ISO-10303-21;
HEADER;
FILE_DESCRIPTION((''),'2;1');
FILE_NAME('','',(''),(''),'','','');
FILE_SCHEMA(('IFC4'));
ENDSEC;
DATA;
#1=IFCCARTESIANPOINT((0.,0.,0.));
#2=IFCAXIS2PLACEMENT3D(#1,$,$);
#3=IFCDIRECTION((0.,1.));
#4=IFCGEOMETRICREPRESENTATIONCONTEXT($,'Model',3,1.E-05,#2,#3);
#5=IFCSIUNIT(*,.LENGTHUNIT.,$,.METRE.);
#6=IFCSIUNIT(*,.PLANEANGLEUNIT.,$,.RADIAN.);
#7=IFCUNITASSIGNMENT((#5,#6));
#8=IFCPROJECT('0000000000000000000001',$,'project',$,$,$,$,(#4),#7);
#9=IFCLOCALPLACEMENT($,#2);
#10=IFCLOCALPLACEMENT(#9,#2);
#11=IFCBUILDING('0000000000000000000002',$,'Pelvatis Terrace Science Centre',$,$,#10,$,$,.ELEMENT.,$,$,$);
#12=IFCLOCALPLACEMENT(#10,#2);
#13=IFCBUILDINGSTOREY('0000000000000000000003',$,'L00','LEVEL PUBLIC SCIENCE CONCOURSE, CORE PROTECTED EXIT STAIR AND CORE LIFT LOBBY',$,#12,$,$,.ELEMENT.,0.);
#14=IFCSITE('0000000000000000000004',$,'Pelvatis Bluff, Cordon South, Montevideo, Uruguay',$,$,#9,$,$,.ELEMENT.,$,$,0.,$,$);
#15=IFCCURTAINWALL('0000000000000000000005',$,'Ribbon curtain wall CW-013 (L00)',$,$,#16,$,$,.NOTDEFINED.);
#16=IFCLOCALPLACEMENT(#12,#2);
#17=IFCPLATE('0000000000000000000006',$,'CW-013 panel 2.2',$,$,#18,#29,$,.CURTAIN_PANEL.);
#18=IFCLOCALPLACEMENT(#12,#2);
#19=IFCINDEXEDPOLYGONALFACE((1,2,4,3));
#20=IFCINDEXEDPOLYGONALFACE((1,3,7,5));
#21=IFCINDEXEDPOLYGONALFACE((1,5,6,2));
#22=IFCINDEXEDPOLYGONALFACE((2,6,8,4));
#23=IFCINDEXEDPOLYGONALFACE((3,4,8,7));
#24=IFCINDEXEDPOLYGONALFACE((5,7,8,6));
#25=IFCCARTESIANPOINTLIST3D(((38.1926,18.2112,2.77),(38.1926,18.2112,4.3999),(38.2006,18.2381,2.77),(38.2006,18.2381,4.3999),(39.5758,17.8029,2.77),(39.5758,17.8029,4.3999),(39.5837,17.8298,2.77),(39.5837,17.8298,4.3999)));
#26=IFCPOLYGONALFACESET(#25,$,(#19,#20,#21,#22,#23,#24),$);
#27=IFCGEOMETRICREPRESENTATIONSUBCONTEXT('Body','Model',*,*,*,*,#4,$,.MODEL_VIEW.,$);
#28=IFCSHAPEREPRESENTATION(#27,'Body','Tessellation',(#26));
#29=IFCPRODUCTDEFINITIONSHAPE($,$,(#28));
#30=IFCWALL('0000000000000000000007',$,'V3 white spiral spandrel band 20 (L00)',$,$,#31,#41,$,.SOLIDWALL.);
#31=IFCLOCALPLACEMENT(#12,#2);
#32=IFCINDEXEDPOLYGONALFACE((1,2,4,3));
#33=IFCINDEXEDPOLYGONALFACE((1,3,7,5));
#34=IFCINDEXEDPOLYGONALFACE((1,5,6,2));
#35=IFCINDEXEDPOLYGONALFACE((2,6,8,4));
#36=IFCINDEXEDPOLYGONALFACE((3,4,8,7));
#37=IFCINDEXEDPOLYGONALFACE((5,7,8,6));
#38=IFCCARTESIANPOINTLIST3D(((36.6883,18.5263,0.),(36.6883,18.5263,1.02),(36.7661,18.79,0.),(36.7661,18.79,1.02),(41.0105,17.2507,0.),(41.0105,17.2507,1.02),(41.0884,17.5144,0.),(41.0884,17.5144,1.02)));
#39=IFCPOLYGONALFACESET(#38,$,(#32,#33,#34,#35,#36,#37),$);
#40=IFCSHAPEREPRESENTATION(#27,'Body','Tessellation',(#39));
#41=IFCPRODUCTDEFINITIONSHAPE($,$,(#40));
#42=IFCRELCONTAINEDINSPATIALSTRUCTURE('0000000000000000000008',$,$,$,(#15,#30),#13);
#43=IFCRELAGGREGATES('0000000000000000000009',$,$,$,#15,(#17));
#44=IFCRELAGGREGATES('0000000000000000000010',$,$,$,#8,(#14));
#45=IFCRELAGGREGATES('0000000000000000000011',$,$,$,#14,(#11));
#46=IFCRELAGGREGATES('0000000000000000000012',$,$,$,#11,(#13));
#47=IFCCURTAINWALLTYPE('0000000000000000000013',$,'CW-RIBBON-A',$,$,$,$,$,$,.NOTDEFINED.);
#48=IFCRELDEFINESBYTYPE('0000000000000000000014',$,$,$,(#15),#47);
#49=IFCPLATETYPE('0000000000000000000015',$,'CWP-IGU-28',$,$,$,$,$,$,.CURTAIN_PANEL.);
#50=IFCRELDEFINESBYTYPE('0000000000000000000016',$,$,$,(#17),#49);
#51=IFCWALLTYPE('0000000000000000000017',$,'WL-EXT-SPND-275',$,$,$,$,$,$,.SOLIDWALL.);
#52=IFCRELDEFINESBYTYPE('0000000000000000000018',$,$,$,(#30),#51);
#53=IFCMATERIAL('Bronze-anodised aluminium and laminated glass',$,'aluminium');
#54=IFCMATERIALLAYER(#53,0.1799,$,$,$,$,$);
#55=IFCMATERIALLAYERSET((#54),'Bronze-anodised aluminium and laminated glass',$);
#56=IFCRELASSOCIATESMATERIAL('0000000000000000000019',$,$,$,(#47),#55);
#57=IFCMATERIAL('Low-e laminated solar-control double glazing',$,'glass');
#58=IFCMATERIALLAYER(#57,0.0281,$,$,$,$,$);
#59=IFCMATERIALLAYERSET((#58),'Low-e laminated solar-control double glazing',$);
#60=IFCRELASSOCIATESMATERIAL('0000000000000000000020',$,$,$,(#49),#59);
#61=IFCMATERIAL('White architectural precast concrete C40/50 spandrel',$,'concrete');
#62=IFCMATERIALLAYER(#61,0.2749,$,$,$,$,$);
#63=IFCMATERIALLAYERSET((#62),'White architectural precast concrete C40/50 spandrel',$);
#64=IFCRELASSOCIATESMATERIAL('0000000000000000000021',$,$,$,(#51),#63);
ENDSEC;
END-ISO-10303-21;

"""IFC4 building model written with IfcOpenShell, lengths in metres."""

from ifc_helpers import new_model, si_unit, direction, frame, frame_2d, origin, origin_2d, place, context, subcontext, project, spatial, rectangle, extrude, material, layer, layer_set, type_object, element, aggregate, save


model = new_model("IFC4")

# Units and contexts
model_context = context("Model", 3, precision=1e-05, world=origin(), true_north=direction((0.0, 1.0)))
body_context = subcontext(model_context, "Body", "Model", "MODEL_VIEW")
ifc_project = project(units=[si_unit("LENGTHUNIT", "METRE"), si_unit("PLANEANGLEUNIT", "RADIAN")], contexts=[model_context])

# Site, building, storey
site_placement = place(None, origin())
site = spatial("IfcSite", under=ifc_project, at=site_placement, Name="Pelvatis Bluff, Cordon South, Montevideo, Uruguay", CompositionType="ELEMENT", RefElevation=0.0)
building_placement = place(site_placement, origin())
building = spatial("IfcBuilding", under=site, at=building_placement, Name="Pelvatis Terrace Science Centre", CompositionType="ELEMENT")
storey_placement = place(building_placement, origin())
storey = spatial("IfcBuildingStorey", under=building, at=storey_placement, Name="L00", Description="LEVEL PUBLIC SCIENCE CONCOURSE, CORE PROTECTED EXIT STAIR AND CORE LIFT LOBBY", CompositionType="ELEMENT", Elevation=0.0)

# Curtain wall
ifc_material_1 = material(Name="Bronze-anodised aluminium and laminated glass", Category="aluminium")
ifc_layer_1 = layer(ifc_material_1, 0.1799)
ifc_layer_set_1 = layer_set([ifc_layer_1], Name="Bronze-anodised aluminium and laminated glass")
curtain_wall_type = type_object("IfcCurtainWallType", Name="CW-RIBBON-A", PredefinedType="NOTDEFINED", material=ifc_layer_set_1)
curtain_wall_placement = place(storey_placement, origin())
curtain_wall = element("IfcCurtainWall", 1, at=curtain_wall_placement, inside=storey, type_object=curtain_wall_type, Name="Ribbon curtain wall CW-013 (L00)", PredefinedType="NOTDEFINED")

# Plate
ifc_material_2 = material(Name="Low-e laminated solar-control double glazing", Category="glass")
ifc_layer_2 = layer(ifc_material_2, 0.0281)
ifc_layer_set_2 = layer_set([ifc_layer_2], Name="Low-e laminated solar-control double glazing")
plate_type = type_object("IfcPlateType", Name="CWP-IGU-28", PredefinedType="CURTAIN_PANEL", material=ifc_layer_set_2)
plate_1_placement = place(storey_placement, frame((38.8882, 18.0205, 2.77), z_axis=(0.0, 0.0, 1.0), x_axis=(0.959093, -0.283092, 0.0)))
plate_1 = element("IfcPlate", 2, at=plate_1_placement, type_object=plate_type, Name="CW-013 panel 2.2", PredefinedType="CURTAIN_PANEL", context=body_context, shape_type="SweptSolid", body=[
    extrude(rectangle(XDim=1.4421, YDim=0.0281, at=origin_2d()), origin(), (0.0, 0.0, 1.0), 1.6299),
])
aggregate(curtain_wall, [plate_1])

# Wall
ifc_material_3 = material(Name="White architectural precast concrete C40/50 spandrel", Category="concrete")
ifc_layer_3 = layer(ifc_material_3, 0.2749)
ifc_layer_set_3 = layer_set([ifc_layer_3], Name="White architectural precast concrete C40/50 spandrel")
wall_type = type_object("IfcWallType", Name="WL-EXT-SPND-275", PredefinedType="SOLIDWALL", material=ifc_layer_set_3)
wall_placement = place(storey_placement, frame((36.7271, 18.6582, 0.0), z_axis=(0.0, 0.0, 1.0), x_axis=(0.959102, -0.283061, 0.0)))
element("IfcWall", 3, at=wall_placement, inside=storey, type_object=wall_type, Name="V3 white spiral spandrel band 20 (L00)", PredefinedType="SOLIDWALL", context=body_context, shape_type="SweptSolid", body=[
    extrude(rectangle(XDim=4.5066, YDim=0.2749, at=frame_2d((2.2534, 0.0))), origin(), (0.0, 0.0, 1.0), 1.02),
])

save(model, "model.ifc")
